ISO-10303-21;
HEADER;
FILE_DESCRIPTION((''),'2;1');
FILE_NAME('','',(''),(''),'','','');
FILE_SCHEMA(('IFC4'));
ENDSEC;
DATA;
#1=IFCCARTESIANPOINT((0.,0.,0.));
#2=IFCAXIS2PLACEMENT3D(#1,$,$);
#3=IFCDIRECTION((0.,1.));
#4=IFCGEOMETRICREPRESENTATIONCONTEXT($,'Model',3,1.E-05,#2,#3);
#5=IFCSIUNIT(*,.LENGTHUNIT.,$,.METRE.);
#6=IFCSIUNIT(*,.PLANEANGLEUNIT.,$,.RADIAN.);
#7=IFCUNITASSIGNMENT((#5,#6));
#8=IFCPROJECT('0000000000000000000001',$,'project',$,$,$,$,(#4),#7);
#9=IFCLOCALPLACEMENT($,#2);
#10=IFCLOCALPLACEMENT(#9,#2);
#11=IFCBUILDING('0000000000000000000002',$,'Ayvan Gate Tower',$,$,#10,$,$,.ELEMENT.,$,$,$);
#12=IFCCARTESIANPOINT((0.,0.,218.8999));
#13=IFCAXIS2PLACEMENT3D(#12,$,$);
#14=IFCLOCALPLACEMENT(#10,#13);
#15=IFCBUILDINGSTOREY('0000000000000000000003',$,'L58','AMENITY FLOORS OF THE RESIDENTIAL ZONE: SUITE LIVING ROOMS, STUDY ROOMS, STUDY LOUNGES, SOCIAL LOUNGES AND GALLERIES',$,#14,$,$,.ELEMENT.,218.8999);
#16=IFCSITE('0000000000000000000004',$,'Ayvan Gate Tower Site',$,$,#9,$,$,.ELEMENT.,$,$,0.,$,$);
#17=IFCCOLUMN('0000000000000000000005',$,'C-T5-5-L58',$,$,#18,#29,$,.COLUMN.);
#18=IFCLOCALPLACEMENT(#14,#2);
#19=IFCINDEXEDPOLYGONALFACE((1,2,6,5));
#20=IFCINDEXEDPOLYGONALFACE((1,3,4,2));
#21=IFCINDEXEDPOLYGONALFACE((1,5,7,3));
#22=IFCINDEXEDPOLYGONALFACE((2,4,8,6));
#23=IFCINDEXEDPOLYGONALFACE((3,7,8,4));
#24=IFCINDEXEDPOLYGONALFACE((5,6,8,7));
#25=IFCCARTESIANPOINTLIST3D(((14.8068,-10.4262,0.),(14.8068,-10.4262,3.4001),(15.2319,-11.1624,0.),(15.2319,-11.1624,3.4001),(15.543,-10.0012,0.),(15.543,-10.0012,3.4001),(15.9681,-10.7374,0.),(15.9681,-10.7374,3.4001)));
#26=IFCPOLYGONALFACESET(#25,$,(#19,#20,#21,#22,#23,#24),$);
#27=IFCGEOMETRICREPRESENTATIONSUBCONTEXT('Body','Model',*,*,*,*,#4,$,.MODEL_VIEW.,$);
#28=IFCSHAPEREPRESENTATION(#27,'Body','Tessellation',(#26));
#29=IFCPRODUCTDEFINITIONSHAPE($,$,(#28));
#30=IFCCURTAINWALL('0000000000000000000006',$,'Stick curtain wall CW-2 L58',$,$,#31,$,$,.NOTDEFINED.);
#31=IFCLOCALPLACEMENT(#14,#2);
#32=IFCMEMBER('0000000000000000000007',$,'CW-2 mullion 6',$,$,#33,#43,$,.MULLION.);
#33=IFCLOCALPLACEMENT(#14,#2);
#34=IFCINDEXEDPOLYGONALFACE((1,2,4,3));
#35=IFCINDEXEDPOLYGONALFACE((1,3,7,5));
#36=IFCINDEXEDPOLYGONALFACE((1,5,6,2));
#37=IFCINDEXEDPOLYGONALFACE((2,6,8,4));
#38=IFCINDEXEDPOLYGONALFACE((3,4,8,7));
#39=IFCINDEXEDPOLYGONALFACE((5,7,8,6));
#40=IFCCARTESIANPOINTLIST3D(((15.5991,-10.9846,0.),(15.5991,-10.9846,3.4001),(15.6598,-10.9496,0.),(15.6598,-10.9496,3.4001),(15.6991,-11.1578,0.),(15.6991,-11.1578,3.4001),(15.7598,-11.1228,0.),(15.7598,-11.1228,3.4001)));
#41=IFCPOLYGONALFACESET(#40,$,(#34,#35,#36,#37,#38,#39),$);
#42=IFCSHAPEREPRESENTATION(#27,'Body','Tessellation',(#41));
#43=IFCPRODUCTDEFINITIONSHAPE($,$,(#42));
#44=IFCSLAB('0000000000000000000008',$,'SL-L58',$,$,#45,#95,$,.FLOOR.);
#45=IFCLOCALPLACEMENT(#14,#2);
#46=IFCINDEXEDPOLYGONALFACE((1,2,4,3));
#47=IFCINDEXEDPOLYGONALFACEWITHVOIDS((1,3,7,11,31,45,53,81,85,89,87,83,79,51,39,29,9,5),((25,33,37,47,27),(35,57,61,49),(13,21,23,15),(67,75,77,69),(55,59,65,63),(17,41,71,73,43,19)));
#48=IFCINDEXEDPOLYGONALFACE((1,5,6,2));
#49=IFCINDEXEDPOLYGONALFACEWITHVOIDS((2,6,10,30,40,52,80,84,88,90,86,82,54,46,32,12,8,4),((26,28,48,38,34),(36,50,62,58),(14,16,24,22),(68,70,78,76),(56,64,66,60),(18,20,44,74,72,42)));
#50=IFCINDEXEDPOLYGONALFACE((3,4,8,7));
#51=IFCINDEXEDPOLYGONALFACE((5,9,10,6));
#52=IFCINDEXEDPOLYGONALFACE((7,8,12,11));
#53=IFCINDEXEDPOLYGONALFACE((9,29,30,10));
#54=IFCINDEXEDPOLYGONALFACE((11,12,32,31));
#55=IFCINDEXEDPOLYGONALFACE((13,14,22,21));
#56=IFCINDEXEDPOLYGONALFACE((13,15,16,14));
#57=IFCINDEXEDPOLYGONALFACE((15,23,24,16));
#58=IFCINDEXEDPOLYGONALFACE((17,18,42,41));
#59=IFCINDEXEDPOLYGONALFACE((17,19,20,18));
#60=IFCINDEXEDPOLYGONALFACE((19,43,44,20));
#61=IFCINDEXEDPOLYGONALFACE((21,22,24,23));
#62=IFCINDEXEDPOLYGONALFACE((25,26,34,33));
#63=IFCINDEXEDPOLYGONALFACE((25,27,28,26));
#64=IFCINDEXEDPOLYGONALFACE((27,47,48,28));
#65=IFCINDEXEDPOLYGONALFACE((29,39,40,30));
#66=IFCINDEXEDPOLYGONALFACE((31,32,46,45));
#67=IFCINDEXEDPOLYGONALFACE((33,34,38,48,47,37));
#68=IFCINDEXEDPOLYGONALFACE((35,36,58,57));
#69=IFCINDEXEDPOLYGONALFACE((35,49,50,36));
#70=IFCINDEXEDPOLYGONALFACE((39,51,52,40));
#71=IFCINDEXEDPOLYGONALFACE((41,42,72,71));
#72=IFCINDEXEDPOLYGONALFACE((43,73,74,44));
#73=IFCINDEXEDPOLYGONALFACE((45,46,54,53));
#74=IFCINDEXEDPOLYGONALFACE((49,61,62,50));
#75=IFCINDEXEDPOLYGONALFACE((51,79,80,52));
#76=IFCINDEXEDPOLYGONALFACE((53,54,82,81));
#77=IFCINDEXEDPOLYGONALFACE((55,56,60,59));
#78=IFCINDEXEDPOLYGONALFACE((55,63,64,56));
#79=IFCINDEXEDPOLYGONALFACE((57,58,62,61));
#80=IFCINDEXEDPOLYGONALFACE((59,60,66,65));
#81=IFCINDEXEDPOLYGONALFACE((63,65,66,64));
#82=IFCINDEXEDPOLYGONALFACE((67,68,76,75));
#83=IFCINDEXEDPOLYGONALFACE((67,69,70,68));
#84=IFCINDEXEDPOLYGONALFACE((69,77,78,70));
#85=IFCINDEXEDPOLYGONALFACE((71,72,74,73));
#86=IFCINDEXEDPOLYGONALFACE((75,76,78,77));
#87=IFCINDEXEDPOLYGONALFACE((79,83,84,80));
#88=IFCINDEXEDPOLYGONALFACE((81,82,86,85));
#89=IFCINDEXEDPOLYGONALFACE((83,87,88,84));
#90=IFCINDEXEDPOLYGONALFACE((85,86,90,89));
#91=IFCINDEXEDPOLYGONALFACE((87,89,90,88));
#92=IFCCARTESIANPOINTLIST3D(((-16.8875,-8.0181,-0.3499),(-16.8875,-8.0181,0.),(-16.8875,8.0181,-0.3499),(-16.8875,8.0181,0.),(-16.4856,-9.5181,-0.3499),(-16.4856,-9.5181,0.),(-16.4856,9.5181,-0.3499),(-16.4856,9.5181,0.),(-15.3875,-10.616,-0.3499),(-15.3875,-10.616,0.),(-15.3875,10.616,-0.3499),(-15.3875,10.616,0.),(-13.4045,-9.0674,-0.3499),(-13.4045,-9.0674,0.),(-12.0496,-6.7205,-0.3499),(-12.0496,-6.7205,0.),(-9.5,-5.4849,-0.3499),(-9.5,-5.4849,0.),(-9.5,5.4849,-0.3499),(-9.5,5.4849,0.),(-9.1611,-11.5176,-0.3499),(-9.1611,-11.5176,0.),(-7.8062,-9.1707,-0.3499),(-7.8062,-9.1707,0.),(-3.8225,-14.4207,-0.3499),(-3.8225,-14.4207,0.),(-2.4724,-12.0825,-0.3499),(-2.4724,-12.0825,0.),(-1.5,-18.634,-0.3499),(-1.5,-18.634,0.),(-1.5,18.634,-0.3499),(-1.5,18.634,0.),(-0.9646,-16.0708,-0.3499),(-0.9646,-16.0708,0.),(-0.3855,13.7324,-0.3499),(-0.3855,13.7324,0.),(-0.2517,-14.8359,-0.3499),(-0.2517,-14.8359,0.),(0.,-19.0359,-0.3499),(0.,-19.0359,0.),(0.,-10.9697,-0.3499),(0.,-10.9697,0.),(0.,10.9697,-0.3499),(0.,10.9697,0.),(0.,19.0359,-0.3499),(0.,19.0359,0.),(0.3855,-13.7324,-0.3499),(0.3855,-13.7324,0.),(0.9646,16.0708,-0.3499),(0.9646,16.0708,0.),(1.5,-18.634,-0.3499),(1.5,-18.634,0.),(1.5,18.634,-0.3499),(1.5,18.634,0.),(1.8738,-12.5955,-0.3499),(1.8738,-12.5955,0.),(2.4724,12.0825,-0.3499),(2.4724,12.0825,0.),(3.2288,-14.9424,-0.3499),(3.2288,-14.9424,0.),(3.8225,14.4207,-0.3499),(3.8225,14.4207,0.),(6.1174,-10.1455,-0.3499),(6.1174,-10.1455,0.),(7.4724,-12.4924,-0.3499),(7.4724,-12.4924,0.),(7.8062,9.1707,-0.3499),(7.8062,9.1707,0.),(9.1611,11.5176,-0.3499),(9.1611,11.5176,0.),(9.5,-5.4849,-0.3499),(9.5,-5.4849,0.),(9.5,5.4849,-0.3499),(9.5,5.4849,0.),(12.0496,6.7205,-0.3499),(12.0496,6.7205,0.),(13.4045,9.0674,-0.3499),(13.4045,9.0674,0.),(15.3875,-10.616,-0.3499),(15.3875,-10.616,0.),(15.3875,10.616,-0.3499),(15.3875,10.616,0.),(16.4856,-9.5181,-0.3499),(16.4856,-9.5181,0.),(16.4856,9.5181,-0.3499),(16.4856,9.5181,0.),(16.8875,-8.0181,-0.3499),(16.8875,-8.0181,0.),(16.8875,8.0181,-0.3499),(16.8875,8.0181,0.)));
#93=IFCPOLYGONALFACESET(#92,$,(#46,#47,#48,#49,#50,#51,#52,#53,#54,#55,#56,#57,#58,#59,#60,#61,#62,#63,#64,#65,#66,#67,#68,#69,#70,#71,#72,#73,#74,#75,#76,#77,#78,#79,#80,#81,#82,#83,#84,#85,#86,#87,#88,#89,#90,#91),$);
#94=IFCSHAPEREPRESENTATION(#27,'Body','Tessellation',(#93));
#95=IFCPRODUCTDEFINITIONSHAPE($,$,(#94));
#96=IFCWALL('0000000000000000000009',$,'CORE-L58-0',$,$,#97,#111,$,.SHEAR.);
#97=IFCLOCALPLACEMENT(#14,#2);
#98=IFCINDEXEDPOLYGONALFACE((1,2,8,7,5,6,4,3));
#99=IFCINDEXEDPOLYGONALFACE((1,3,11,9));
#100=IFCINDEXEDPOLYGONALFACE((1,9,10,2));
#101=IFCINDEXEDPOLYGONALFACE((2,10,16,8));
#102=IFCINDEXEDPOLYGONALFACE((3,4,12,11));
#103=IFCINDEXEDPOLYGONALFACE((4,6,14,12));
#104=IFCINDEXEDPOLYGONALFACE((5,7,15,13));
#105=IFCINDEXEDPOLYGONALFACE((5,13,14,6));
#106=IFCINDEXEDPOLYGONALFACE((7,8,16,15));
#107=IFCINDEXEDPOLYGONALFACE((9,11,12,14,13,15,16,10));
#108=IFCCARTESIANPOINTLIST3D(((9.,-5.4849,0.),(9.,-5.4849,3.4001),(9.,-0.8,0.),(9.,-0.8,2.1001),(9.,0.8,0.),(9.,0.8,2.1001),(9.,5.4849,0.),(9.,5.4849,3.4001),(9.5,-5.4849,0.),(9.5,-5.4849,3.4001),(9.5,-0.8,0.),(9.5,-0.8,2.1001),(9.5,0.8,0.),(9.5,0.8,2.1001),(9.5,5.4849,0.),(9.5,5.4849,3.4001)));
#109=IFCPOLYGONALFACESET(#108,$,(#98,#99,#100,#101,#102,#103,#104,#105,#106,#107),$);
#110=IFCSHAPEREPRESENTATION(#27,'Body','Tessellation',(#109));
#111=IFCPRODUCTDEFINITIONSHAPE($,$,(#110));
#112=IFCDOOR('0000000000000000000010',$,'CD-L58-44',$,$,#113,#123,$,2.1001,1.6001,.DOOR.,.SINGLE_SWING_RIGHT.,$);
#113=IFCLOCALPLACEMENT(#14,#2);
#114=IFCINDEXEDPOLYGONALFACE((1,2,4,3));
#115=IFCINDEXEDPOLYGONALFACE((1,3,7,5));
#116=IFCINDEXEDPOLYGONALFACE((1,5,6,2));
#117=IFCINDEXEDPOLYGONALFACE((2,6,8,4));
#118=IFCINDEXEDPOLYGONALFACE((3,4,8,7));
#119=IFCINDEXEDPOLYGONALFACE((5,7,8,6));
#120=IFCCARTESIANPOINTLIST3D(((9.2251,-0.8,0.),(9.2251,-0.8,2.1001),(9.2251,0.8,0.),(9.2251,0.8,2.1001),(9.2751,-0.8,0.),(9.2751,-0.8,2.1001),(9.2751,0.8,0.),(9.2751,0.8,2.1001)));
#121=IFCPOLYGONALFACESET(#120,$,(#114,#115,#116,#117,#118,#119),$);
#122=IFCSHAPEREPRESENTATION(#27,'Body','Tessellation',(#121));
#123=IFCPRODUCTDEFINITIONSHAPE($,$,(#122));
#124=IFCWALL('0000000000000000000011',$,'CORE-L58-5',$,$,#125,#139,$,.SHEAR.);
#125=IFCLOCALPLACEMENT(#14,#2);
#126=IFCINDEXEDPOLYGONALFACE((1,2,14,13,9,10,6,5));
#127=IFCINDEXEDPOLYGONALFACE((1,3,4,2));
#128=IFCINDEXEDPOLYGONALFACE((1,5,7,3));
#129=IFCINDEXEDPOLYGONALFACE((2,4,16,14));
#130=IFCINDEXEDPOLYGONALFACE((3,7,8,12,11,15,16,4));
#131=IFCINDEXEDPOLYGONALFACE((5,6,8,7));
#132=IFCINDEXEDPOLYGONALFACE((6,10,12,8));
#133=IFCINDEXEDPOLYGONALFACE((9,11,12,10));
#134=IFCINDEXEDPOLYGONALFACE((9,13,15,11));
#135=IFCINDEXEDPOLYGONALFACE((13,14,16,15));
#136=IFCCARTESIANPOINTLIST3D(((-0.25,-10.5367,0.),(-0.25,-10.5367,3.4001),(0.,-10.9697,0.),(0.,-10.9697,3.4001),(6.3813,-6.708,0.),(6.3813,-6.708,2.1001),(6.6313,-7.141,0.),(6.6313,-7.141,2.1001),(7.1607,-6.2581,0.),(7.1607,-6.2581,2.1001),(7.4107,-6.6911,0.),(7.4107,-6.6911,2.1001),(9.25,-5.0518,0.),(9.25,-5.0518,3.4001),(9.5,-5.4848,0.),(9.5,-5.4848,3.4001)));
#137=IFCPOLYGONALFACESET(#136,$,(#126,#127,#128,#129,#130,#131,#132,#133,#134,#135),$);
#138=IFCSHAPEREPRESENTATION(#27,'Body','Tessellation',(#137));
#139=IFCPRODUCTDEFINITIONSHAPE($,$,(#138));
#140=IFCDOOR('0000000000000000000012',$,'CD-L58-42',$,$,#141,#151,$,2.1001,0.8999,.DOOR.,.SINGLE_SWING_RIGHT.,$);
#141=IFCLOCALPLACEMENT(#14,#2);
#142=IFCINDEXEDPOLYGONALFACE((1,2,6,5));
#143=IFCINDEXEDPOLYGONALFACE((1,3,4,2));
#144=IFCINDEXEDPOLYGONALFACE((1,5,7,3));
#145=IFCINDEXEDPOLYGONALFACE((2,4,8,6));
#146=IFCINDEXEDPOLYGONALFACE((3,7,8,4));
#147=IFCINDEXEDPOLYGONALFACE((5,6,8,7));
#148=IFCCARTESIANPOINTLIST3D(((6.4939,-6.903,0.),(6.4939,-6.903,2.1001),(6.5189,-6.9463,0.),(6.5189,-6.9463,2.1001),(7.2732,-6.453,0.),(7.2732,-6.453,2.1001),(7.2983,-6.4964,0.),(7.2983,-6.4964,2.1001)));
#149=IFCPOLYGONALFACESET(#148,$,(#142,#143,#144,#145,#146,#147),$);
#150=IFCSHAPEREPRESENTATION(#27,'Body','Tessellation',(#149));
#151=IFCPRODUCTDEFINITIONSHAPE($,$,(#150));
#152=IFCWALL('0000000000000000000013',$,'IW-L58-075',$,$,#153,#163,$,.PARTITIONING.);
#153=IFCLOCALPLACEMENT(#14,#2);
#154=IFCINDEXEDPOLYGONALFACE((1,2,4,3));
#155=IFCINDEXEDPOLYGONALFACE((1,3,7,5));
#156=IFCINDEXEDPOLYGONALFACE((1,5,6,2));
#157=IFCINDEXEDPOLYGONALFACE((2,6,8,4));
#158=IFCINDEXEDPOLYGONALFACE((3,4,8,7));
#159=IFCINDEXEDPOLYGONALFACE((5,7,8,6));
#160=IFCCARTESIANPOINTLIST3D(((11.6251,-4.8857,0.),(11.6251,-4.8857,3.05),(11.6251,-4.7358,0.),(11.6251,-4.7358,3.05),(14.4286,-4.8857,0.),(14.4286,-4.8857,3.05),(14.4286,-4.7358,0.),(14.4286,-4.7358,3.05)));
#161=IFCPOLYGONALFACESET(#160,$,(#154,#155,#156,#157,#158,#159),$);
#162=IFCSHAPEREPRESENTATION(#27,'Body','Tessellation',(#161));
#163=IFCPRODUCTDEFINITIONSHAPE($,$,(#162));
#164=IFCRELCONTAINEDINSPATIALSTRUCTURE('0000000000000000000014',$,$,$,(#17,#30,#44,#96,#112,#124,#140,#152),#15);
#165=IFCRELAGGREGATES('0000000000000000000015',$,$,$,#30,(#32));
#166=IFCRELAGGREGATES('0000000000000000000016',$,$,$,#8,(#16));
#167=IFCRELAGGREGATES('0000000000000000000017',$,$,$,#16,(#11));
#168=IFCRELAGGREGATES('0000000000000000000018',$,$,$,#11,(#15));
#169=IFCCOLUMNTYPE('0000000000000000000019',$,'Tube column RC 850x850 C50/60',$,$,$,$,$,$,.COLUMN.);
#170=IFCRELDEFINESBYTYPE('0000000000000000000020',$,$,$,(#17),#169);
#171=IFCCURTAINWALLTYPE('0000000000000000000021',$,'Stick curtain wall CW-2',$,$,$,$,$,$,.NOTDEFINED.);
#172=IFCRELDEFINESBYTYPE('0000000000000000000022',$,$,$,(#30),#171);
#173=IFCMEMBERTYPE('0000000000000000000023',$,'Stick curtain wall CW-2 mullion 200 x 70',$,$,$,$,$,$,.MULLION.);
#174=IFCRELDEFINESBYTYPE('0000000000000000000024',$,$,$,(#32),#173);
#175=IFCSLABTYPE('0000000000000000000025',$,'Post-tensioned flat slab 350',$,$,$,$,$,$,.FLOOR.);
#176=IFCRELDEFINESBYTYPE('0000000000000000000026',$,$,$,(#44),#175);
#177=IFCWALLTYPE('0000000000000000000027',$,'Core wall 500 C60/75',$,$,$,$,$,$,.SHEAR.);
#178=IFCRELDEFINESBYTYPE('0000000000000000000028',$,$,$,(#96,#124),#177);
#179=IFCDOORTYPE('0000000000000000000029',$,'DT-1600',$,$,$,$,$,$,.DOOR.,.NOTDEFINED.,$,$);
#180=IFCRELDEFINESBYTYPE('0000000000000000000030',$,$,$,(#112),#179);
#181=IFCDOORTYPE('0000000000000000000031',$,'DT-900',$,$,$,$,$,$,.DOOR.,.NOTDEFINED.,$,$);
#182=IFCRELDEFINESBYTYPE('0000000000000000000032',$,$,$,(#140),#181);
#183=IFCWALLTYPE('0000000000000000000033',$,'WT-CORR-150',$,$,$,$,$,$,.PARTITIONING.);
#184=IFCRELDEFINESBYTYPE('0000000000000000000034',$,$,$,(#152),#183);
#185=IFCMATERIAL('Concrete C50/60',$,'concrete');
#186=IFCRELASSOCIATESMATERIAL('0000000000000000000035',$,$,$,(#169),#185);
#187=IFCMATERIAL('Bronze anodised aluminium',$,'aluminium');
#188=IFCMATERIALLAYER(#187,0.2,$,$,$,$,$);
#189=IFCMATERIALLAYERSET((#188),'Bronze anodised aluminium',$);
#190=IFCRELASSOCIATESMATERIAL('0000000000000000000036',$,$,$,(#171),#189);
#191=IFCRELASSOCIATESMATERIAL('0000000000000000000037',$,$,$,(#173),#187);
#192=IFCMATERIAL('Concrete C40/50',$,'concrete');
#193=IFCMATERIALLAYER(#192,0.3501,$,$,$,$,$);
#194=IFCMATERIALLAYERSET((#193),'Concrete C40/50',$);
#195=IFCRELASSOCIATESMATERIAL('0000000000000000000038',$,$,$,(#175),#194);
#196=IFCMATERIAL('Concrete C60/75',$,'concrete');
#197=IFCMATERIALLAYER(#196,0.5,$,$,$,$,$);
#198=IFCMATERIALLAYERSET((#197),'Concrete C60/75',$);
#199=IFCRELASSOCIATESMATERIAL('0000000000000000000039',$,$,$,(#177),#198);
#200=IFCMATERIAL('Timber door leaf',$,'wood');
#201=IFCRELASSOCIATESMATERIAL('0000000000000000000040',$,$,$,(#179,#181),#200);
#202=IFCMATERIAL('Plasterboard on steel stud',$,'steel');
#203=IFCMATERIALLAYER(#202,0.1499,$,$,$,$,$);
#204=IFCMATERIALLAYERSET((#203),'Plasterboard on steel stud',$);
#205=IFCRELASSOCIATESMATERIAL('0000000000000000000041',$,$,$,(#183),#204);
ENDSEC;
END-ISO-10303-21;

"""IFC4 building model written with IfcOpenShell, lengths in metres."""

from ifc_helpers import new_model, si_unit, direction, frame, frame_2d, origin, origin_2d, place, context, subcontext, project, spatial, polyline, rectangle, outline, extrude, material, layer, layer_set, material_profile, profile_set, type_object, element, fill, aggregate, save


model = new_model("IFC4")

# Units and contexts
model_context = context("Model", 3, precision=1e-05, world=origin(), true_north=direction((0.0, 1.0)))
body_context = subcontext(model_context, "Body", "Model", "MODEL_VIEW")
ifc_project = project(units=[si_unit("LENGTHUNIT", "METRE"), si_unit("PLANEANGLEUNIT", "RADIAN")], contexts=[model_context])

# Site, building, storey
site_placement = place(None, origin())
site = spatial("IfcSite", under=ifc_project, at=site_placement, Name="Ayvan Gate Tower Site", CompositionType="ELEMENT", RefElevation=0.0)
building_placement = place(site_placement, origin())
building = spatial("IfcBuilding", under=site, at=building_placement, Name="Ayvan Gate Tower", CompositionType="ELEMENT")
storey_placement = place(building_placement, frame((0.0, 0.0, 218.8999)))
storey = spatial("IfcBuildingStorey", under=building, at=storey_placement, Name="L58", Description="AMENITY FLOORS OF THE RESIDENTIAL ZONE: SUITE LIVING ROOMS, STUDY ROOMS, STUDY LOUNGES, SOCIAL LOUNGES AND GALLERIES", CompositionType="ELEMENT", Elevation=218.8999)

# Column
ifc_material_1 = material(Name="Concrete C50/60", Category="concrete")
ifc_material_profile_1 = material_profile(ifc_material_1, rectangle(XDim=0.8501, YDim=0.8501, at=origin_2d()), Name="RC 850x850")
ifc_profile_set_1 = profile_set([ifc_material_profile_1], Name="Concrete C50/60")
column_type = type_object("IfcColumnType", Name="Tube column RC 850x850 C50/60", PredefinedType="COLUMN", material=ifc_profile_set_1)
column_placement = place(storey_placement, frame((15.3875, -10.5818, 0.0), z_axis=(0.0, 0.0, 1.0), x_axis=(0.5, -0.866025, 0.0)))
element("IfcColumn", 1, at=column_placement, inside=storey, type_object=column_type, Name="C-T5-5-L58", PredefinedType="COLUMN", context=body_context, shape_type="SweptSolid", body=[
    extrude(rectangle(XDim=0.8501, YDim=0.8501, at=origin_2d()), origin(), (0.0, 0.0, 1.0), 3.4001),
])

# Curtain wall, member
ifc_material_2 = material(Name="Bronze anodised aluminium", Category="aluminium")
ifc_layer_1 = layer(ifc_material_2, 0.2)
ifc_layer_set_1 = layer_set([ifc_layer_1], Name="Bronze anodised aluminium")
curtain_wall_type = type_object("IfcCurtainWallType", Name="Stick curtain wall CW-2", PredefinedType="NOTDEFINED", material=ifc_layer_set_1)
curtain_wall_placement = place(storey_placement, origin())
curtain_wall = element("IfcCurtainWall", 2, at=curtain_wall_placement, inside=storey, type_object=curtain_wall_type, Name="Stick curtain wall CW-2 L58", PredefinedType="NOTDEFINED")
ifc_material_profile_2 = material_profile(ifc_material_2, rectangle(XDim=0.2, YDim=0.0701, at=origin_2d()), Name="Stick curtain wall CW-2 mullion 200 x 70")
ifc_profile_set_2 = profile_set([ifc_material_profile_2], Name="Bronze anodised aluminium")
member_type = type_object("IfcMemberType", Name="Stick curtain wall CW-2 mullion 200 x 70", PredefinedType="MULLION", material=ifc_profile_set_2)
member_placement = place(storey_placement, frame((15.6794, -11.0537, 0.0), z_axis=(0.0, 0.0, 1.0), x_axis=(0.5, -0.866025, 0.0)))
member = element("IfcMember", 3, at=member_placement, type_object=member_type, Name="CW-2 mullion 6", PredefinedType="MULLION", context=body_context, shape_type="SweptSolid", body=[
    extrude(rectangle(XDim=0.2, YDim=0.0701, at=origin_2d()), origin(), (0.0, 0.0, 1.0), 3.4001),
])
aggregate(curtain_wall, [member])

# Slab
ifc_material_3 = material(Name="Concrete C40/50", Category="concrete")
ifc_layer_2 = layer(ifc_material_3, 0.3501)
ifc_layer_set_2 = layer_set([ifc_layer_2], Name="Concrete C40/50")
slab_type = type_object("IfcSlabType", Name="Post-tensioned flat slab 350", PredefinedType="FLOOR", material=ifc_layer_set_2)
slab_placement = place(storey_placement, frame((0.0, 0.0, -0.3499)))
element("IfcSlab", 4, at=slab_placement, inside=storey, type_object=slab_type, Name="SL-L58", PredefinedType="FLOOR", context=body_context, shape_type="SweptSolid", body=[
    extrude(outline(polyline([(1.5, -18.634), (0.0, -19.0359), (-1.5, -18.634), (-15.3875, -10.616), (-16.4856, -9.5181), (-16.8875, -8.0181), (-16.8875, 8.0181), (-16.4856, 9.5181), (-15.3875, 10.616), (-1.5, 18.634), (0.0, 19.0359), (1.5, 18.634), (15.3875, 10.616), (16.4856, 9.5181), (16.8875, 8.0181), (16.8875, -8.0181), (16.4856, -9.5181), (15.3875, -10.616), (1.5, -18.634)]), holes=[polyline([(12.0496, 6.7205), (13.4045, 9.0674), (9.1611, 11.5176), (7.8062, 9.1707), (12.0496, 6.7205)]), polyline([(9.5, 5.4849), (0.0, 10.9697), (-9.5, 5.4849), (-9.5, -5.4849), (0.0, -10.9697), (9.5, -5.4849), (9.5, 5.4849)]), polyline([(1.8738, -12.5955), (3.2288, -14.9424), (7.4724, -12.4924), (6.1174, -10.1455), (1.8738, -12.5955)]), polyline([(3.8225, 14.4207), (0.9646, 16.0708), (-0.3855, 13.7324), (2.4724, 12.0825), (3.8225, 14.4207)]), polyline([(-0.2517, -14.8359), (0.3855, -13.7324), (-2.4724, -12.0825), (-3.8225, -14.4207), (-0.9646, -16.0708), (-0.2517, -14.8359)]), polyline([(-9.1611, -11.5176), (-7.8062, -9.1707), (-12.0496, -6.7205), (-13.4045, -9.0674), (-9.1611, -11.5176)])]), origin(), (0.0, 0.0, 1.0), 0.3499),
])

# Walls, openings, doors
ifc_material_4 = material(Name="Concrete C60/75", Category="concrete")
ifc_layer_3 = layer(ifc_material_4, 0.5)
ifc_layer_set_3 = layer_set([ifc_layer_3], Name="Concrete C60/75")
wall_type_1 = type_object("IfcWallType", Name="Core wall 500 C60/75", PredefinedType="SHEAR", material=ifc_layer_set_3)
wall_1_placement = place(storey_placement, frame((9.25, -5.4849, 0.0), z_axis=(0.0, 0.0, 1.0), x_axis=(0.0, 1.0, 0.0)))
wall_1 = element("IfcWall", 5, at=wall_1_placement, inside=storey, type_object=wall_type_1, Name="CORE-L58-0", PredefinedType="SHEAR", context=body_context, shape_type="SweptSolid", body=[
    extrude(rectangle(XDim=10.9697, YDim=0.5, at=frame_2d((5.4849, 0.0))), origin(), (0.0, 0.0, 1.0), 3.4001),
])
opening_1_placement = place(wall_1_placement, frame((4.6848, 0.0, 0.0)))
opening_1 = element("IfcOpeningElement", 6, at=opening_1_placement, cuts=wall_1, PredefinedType="OPENING", context=body_context, shape_type="SweptSolid", body=[
    extrude(rectangle(XDim=1.6001, YDim=2.1001, at=frame_2d((0.8, 1.05))), frame((0.0, 0.26, 0.0), z_axis=(0.0, -1.0, 0.0), x_axis=(1.0, 0.0, 0.0)), (0.0, 0.0, 1.0), 0.52),
])
ifc_material_5 = material(Name="Timber door leaf", Category="wood")
door_type_1 = type_object("IfcDoorType", Name="DT-1600", OperationType="NOTDEFINED", PredefinedType="DOOR", material=ifc_material_5)
door_1_placement = place(opening_1_placement, origin())
door_1 = element("IfcDoor", 7, at=door_1_placement, inside=storey, type_object=door_type_1, Name="CD-L58-44", OperationType="SINGLE_SWING_RIGHT", OverallHeight=2.1001, OverallWidth=1.6001, PredefinedType="DOOR", context=body_context, shape_type="SweptSolid", body=[
    extrude(rectangle(XDim=1.6001, YDim=2.1001, at=frame_2d((0.8, 1.05))), frame((0.0, 0.0249, 0.0), z_axis=(0.0, -1.0, 0.0), x_axis=(1.0, 0.0, 0.0)), (0.0, 0.0, 1.0), 0.05),
])
fill(opening_1, door_1)
wall_2_placement = place(storey_placement, frame((-0.125, -10.7532, 0.0), z_axis=(0.0, 0.0, 1.0), x_axis=(0.866024, 0.500002, 0.0)))
wall_2 = element("IfcWall", 8, at=wall_2_placement, inside=storey, type_object=wall_type_1, Name="CORE-L58-5", PredefinedType="SHEAR", context=body_context, shape_type="SweptSolid", body=[
    extrude(rectangle(XDim=10.9697, YDim=0.5, at=frame_2d((5.4849, 0.0))), origin(), (0.0, 0.0, 1.0), 3.4001),
])
opening_2_placement = place(wall_2_placement, frame((7.6572, 0.0, 0.0)))
opening_2 = element("IfcOpeningElement", 9, at=opening_2_placement, cuts=wall_2, PredefinedType="OPENING", context=body_context, shape_type="SweptSolid", body=[
    extrude(rectangle(XDim=0.8999, YDim=2.1001, at=frame_2d((0.45, 1.05))), frame((0.0, 0.26, 0.0), z_axis=(0.0, -1.0, 0.0), x_axis=(1.0, 0.0, 0.0)), (0.0, 0.0, 1.0), 0.52),
])
door_type_2 = type_object("IfcDoorType", Name="DT-900", OperationType="NOTDEFINED", PredefinedType="DOOR", material=ifc_material_5)
door_2_placement = place(opening_2_placement, origin())
door_2 = element("IfcDoor", 10, at=door_2_placement, inside=storey, type_object=door_type_2, Name="CD-L58-42", OperationType="SINGLE_SWING_RIGHT", OverallHeight=2.1001, OverallWidth=0.8999, PredefinedType="DOOR", context=body_context, shape_type="SweptSolid", body=[
    extrude(rectangle(XDim=0.8999, YDim=2.1001, at=frame_2d((0.45, 1.05))), frame((0.0, 0.0249, 0.0), z_axis=(0.0, -1.0, 0.0), x_axis=(1.0, 0.0, 0.0)), (0.0, 0.0, 1.0), 0.05),
])
fill(opening_2, door_2)

# Wall
ifc_material_6 = material(Name="Plasterboard on steel stud", Category="steel")
ifc_layer_4 = layer(ifc_material_6, 0.1499)
ifc_layer_set_4 = layer_set([ifc_layer_4], Name="Plasterboard on steel stud")
wall_type_2 = type_object("IfcWallType", Name="WT-CORR-150", PredefinedType="PARTITIONING", material=ifc_layer_set_4)
wall_3_placement = place(storey_placement, frame((11.625, -4.8108, 0.0), z_axis=(0.0, 0.0, 1.0), x_axis=(1.0, 0.0, 0.0)))
element("IfcWall", 11, at=wall_3_placement, inside=storey, type_object=wall_type_2, Name="IW-L58-075", PredefinedType="PARTITIONING", context=body_context, shape_type="SweptSolid", body=[
    extrude(rectangle(XDim=2.8035, YDim=0.1499, at=frame_2d((1.4019, 0.0))), origin(), (0.0, 0.0, 1.0), 3.05),
])

save(model, "model.ifc")
